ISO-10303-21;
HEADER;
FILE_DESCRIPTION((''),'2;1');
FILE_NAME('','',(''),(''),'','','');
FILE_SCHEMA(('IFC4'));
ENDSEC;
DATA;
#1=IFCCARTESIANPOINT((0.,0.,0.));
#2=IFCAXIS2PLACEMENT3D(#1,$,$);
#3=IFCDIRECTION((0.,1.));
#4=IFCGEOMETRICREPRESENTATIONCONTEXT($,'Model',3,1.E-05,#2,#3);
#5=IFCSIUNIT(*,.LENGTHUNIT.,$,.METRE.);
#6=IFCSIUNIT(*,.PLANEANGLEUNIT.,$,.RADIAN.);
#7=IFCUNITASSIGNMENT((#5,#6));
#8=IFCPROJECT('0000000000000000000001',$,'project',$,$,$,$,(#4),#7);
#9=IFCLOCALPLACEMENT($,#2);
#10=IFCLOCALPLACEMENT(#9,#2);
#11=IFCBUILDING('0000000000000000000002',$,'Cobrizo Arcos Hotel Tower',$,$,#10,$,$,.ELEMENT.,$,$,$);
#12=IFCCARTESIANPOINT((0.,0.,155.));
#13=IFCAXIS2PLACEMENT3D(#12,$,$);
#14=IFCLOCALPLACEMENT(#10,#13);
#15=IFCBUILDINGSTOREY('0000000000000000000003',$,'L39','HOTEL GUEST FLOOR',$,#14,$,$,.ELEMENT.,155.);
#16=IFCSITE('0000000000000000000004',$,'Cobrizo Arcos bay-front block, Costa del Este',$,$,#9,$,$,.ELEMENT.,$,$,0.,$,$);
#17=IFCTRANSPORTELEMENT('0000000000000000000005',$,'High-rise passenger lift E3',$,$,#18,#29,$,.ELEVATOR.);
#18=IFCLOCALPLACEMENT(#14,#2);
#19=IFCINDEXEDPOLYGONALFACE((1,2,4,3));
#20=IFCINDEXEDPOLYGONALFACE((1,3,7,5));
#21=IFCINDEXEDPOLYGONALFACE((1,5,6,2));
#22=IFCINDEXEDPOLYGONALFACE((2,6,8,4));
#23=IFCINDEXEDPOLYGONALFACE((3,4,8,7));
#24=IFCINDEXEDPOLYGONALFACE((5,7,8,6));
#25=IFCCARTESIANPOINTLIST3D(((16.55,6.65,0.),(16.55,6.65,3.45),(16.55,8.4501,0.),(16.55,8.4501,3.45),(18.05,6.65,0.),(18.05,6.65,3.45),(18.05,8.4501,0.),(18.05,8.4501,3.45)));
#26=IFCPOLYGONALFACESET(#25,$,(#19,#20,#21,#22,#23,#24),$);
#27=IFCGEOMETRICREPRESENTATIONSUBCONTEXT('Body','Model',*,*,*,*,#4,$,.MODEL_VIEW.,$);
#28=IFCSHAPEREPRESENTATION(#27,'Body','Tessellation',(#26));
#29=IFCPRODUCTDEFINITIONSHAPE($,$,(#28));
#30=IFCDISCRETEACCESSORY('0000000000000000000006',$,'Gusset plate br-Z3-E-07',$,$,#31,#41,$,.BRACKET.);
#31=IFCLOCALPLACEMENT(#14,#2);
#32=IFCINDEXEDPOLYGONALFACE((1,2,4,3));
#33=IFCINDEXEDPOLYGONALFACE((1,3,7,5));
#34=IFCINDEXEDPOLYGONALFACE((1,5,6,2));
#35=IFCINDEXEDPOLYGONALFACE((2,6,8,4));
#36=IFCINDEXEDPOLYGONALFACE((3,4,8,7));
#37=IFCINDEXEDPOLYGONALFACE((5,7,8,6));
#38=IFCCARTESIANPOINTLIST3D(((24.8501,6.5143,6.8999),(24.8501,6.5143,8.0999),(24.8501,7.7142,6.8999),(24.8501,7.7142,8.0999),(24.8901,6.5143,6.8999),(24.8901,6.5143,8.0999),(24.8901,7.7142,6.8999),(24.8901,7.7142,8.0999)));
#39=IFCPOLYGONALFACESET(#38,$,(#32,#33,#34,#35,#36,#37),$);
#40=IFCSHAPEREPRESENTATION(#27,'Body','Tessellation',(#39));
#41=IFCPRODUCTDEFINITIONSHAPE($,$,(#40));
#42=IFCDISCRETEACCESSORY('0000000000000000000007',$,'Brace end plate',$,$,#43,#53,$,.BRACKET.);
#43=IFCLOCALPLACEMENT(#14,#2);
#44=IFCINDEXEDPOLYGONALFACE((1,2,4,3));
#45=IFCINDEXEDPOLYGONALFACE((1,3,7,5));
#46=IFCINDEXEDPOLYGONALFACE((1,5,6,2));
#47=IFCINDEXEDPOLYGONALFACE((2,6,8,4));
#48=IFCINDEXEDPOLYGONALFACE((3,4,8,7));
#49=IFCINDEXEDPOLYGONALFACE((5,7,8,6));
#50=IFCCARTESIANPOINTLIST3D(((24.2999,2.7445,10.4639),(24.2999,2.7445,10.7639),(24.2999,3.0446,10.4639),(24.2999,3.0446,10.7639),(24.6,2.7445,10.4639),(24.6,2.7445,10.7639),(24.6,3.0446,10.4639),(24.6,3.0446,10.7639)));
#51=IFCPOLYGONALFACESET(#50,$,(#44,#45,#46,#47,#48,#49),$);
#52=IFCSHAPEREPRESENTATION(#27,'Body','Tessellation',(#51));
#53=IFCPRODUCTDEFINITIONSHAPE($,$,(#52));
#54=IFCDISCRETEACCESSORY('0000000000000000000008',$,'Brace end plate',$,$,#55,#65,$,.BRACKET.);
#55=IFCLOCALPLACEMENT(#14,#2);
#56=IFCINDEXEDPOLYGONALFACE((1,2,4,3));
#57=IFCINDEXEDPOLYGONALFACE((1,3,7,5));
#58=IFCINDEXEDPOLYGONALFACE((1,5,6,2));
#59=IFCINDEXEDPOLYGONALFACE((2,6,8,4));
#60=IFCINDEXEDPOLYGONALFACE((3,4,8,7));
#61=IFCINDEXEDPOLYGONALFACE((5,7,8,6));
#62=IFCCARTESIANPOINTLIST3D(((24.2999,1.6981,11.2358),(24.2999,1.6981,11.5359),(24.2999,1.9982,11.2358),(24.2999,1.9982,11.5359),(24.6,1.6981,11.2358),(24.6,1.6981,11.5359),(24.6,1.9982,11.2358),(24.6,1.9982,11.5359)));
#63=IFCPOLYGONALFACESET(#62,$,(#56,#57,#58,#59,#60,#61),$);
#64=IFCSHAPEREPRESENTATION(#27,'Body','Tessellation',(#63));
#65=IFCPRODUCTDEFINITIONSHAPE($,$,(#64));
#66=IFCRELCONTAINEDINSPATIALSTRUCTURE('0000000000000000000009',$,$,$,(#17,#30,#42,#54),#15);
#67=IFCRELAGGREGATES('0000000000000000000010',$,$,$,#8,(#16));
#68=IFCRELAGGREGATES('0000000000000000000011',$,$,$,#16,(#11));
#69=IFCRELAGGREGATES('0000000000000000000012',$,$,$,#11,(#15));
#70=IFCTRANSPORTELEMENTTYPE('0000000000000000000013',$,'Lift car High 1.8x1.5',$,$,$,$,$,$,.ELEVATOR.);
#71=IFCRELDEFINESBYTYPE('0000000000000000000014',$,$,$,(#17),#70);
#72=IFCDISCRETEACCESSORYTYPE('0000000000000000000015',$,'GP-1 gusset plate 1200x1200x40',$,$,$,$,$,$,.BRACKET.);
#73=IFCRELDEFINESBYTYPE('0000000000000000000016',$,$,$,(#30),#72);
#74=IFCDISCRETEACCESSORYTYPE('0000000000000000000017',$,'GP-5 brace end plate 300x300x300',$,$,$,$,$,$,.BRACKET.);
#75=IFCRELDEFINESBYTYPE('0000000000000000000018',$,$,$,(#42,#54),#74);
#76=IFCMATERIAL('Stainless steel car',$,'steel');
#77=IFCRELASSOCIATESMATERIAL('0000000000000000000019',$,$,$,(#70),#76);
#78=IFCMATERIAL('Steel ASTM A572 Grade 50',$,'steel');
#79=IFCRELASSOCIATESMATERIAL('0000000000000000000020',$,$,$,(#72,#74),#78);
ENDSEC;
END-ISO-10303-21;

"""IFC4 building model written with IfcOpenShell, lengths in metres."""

from ifc_helpers import new_model, si_unit, direction, frame, origin, origin_2d, place, context, subcontext, project, spatial, rectangle, extrude, material, type_object, element, save


model = new_model("IFC4")

# Units and contexts
model_context = context("Model", 3, precision=1e-05, world=origin(), true_north=direction((0.0, 1.0)))
body_context = subcontext(model_context, "Body", "Model", "MODEL_VIEW")
ifc_project = project(units=[si_unit("LENGTHUNIT", "METRE"), si_unit("PLANEANGLEUNIT", "RADIAN")], contexts=[model_context])

# Site, building, storey
site_placement = place(None, origin())
site = spatial("IfcSite", under=ifc_project, at=site_placement, Name="Cobrizo Arcos bay-front block, Costa del Este", CompositionType="ELEMENT", RefElevation=0.0)
building_placement = place(site_placement, origin())
building = spatial("IfcBuilding", under=site, at=building_placement, Name="Cobrizo Arcos Hotel Tower", CompositionType="ELEMENT")
storey_placement = place(building_placement, frame((0.0, 0.0, 155.0)))
storey = spatial("IfcBuildingStorey", under=building, at=storey_placement, Name="L39", Description="HOTEL GUEST FLOOR", CompositionType="ELEMENT", Elevation=155.0)

# Shared definitions
ifc_material_1 = material(Name="Steel ASTM A572 Grade 50", Category="steel")

# Transport element
ifc_material_2 = material(Name="Stainless steel car", Category="steel")
transport_element_type = type_object("IfcTransportElementType", Name="Lift car High 1.8x1.5", PredefinedType="ELEVATOR", material=ifc_material_2)
for number, where, z_axis, x_axis, name in (
    (1, (17.3, 7.55, 0.0), (0.0, 0.0, 1.0), (1.0, 0.0, 0.0), "High-rise passenger lift E3"),
):
    element("IfcTransportElement", number, at=place(storey_placement, frame(where, z_axis=z_axis, x_axis=x_axis)), inside=storey, type_object=transport_element_type, Name=name, PredefinedType="ELEVATOR", context=body_context, shape_type="SweptSolid", body=[
        extrude(rectangle(XDim=1.5, YDim=1.8, at=origin_2d()), origin(), (0.0, 0.0, 1.0), 3.45),
    ])

# Discrete accessories
discrete_accessory_type_1 = type_object("IfcDiscreteAccessoryType", Name="GP-1 gusset plate 1200x1200x40", PredefinedType="BRACKET", material=ifc_material_1)
discrete_accessory_placement = place(storey_placement, frame((24.8701, 7.1143, 6.8999), z_axis=(0.0, 0.0, 1.0), x_axis=(1.0, 0.0, 0.0)))
element("IfcDiscreteAccessory", 2, at=discrete_accessory_placement, inside=storey, type_object=discrete_accessory_type_1, Name="Gusset plate br-Z3-E-07", PredefinedType="BRACKET", context=body_context, shape_type="SweptSolid", body=[
    extrude(rectangle(XDim=0.04, YDim=1.2, at=origin_2d()), origin(), (0.0, 0.0, 1.0), 1.2),
])
discrete_accessory_type_2 = type_object("IfcDiscreteAccessoryType", Name="GP-5 brace end plate 300x300x300", PredefinedType="BRACKET", material=ifc_material_1)
for number, where, z_axis, x_axis, name in (
    (3, (24.45, 2.8945, 10.4639), (0.0, 0.0, 1.0), (1.0, 0.0, 0.0), "Brace end plate"),
    (4, (24.45, 1.8481, 11.2358), (0.0, 0.0, 1.0), (1.0, 0.0, 0.0), "Brace end plate"),
):
    element("IfcDiscreteAccessory", number, at=place(storey_placement, frame(where, z_axis=z_axis, x_axis=x_axis)), inside=storey, type_object=discrete_accessory_type_2, Name=name, PredefinedType="BRACKET", context=body_context, shape_type="SweptSolid", body=[
        extrude(rectangle(XDim=0.3, YDim=0.3, at=origin_2d()), origin(), (0.0, 0.0, 1.0), 0.3),
    ])

save(model, "model.ifc")
